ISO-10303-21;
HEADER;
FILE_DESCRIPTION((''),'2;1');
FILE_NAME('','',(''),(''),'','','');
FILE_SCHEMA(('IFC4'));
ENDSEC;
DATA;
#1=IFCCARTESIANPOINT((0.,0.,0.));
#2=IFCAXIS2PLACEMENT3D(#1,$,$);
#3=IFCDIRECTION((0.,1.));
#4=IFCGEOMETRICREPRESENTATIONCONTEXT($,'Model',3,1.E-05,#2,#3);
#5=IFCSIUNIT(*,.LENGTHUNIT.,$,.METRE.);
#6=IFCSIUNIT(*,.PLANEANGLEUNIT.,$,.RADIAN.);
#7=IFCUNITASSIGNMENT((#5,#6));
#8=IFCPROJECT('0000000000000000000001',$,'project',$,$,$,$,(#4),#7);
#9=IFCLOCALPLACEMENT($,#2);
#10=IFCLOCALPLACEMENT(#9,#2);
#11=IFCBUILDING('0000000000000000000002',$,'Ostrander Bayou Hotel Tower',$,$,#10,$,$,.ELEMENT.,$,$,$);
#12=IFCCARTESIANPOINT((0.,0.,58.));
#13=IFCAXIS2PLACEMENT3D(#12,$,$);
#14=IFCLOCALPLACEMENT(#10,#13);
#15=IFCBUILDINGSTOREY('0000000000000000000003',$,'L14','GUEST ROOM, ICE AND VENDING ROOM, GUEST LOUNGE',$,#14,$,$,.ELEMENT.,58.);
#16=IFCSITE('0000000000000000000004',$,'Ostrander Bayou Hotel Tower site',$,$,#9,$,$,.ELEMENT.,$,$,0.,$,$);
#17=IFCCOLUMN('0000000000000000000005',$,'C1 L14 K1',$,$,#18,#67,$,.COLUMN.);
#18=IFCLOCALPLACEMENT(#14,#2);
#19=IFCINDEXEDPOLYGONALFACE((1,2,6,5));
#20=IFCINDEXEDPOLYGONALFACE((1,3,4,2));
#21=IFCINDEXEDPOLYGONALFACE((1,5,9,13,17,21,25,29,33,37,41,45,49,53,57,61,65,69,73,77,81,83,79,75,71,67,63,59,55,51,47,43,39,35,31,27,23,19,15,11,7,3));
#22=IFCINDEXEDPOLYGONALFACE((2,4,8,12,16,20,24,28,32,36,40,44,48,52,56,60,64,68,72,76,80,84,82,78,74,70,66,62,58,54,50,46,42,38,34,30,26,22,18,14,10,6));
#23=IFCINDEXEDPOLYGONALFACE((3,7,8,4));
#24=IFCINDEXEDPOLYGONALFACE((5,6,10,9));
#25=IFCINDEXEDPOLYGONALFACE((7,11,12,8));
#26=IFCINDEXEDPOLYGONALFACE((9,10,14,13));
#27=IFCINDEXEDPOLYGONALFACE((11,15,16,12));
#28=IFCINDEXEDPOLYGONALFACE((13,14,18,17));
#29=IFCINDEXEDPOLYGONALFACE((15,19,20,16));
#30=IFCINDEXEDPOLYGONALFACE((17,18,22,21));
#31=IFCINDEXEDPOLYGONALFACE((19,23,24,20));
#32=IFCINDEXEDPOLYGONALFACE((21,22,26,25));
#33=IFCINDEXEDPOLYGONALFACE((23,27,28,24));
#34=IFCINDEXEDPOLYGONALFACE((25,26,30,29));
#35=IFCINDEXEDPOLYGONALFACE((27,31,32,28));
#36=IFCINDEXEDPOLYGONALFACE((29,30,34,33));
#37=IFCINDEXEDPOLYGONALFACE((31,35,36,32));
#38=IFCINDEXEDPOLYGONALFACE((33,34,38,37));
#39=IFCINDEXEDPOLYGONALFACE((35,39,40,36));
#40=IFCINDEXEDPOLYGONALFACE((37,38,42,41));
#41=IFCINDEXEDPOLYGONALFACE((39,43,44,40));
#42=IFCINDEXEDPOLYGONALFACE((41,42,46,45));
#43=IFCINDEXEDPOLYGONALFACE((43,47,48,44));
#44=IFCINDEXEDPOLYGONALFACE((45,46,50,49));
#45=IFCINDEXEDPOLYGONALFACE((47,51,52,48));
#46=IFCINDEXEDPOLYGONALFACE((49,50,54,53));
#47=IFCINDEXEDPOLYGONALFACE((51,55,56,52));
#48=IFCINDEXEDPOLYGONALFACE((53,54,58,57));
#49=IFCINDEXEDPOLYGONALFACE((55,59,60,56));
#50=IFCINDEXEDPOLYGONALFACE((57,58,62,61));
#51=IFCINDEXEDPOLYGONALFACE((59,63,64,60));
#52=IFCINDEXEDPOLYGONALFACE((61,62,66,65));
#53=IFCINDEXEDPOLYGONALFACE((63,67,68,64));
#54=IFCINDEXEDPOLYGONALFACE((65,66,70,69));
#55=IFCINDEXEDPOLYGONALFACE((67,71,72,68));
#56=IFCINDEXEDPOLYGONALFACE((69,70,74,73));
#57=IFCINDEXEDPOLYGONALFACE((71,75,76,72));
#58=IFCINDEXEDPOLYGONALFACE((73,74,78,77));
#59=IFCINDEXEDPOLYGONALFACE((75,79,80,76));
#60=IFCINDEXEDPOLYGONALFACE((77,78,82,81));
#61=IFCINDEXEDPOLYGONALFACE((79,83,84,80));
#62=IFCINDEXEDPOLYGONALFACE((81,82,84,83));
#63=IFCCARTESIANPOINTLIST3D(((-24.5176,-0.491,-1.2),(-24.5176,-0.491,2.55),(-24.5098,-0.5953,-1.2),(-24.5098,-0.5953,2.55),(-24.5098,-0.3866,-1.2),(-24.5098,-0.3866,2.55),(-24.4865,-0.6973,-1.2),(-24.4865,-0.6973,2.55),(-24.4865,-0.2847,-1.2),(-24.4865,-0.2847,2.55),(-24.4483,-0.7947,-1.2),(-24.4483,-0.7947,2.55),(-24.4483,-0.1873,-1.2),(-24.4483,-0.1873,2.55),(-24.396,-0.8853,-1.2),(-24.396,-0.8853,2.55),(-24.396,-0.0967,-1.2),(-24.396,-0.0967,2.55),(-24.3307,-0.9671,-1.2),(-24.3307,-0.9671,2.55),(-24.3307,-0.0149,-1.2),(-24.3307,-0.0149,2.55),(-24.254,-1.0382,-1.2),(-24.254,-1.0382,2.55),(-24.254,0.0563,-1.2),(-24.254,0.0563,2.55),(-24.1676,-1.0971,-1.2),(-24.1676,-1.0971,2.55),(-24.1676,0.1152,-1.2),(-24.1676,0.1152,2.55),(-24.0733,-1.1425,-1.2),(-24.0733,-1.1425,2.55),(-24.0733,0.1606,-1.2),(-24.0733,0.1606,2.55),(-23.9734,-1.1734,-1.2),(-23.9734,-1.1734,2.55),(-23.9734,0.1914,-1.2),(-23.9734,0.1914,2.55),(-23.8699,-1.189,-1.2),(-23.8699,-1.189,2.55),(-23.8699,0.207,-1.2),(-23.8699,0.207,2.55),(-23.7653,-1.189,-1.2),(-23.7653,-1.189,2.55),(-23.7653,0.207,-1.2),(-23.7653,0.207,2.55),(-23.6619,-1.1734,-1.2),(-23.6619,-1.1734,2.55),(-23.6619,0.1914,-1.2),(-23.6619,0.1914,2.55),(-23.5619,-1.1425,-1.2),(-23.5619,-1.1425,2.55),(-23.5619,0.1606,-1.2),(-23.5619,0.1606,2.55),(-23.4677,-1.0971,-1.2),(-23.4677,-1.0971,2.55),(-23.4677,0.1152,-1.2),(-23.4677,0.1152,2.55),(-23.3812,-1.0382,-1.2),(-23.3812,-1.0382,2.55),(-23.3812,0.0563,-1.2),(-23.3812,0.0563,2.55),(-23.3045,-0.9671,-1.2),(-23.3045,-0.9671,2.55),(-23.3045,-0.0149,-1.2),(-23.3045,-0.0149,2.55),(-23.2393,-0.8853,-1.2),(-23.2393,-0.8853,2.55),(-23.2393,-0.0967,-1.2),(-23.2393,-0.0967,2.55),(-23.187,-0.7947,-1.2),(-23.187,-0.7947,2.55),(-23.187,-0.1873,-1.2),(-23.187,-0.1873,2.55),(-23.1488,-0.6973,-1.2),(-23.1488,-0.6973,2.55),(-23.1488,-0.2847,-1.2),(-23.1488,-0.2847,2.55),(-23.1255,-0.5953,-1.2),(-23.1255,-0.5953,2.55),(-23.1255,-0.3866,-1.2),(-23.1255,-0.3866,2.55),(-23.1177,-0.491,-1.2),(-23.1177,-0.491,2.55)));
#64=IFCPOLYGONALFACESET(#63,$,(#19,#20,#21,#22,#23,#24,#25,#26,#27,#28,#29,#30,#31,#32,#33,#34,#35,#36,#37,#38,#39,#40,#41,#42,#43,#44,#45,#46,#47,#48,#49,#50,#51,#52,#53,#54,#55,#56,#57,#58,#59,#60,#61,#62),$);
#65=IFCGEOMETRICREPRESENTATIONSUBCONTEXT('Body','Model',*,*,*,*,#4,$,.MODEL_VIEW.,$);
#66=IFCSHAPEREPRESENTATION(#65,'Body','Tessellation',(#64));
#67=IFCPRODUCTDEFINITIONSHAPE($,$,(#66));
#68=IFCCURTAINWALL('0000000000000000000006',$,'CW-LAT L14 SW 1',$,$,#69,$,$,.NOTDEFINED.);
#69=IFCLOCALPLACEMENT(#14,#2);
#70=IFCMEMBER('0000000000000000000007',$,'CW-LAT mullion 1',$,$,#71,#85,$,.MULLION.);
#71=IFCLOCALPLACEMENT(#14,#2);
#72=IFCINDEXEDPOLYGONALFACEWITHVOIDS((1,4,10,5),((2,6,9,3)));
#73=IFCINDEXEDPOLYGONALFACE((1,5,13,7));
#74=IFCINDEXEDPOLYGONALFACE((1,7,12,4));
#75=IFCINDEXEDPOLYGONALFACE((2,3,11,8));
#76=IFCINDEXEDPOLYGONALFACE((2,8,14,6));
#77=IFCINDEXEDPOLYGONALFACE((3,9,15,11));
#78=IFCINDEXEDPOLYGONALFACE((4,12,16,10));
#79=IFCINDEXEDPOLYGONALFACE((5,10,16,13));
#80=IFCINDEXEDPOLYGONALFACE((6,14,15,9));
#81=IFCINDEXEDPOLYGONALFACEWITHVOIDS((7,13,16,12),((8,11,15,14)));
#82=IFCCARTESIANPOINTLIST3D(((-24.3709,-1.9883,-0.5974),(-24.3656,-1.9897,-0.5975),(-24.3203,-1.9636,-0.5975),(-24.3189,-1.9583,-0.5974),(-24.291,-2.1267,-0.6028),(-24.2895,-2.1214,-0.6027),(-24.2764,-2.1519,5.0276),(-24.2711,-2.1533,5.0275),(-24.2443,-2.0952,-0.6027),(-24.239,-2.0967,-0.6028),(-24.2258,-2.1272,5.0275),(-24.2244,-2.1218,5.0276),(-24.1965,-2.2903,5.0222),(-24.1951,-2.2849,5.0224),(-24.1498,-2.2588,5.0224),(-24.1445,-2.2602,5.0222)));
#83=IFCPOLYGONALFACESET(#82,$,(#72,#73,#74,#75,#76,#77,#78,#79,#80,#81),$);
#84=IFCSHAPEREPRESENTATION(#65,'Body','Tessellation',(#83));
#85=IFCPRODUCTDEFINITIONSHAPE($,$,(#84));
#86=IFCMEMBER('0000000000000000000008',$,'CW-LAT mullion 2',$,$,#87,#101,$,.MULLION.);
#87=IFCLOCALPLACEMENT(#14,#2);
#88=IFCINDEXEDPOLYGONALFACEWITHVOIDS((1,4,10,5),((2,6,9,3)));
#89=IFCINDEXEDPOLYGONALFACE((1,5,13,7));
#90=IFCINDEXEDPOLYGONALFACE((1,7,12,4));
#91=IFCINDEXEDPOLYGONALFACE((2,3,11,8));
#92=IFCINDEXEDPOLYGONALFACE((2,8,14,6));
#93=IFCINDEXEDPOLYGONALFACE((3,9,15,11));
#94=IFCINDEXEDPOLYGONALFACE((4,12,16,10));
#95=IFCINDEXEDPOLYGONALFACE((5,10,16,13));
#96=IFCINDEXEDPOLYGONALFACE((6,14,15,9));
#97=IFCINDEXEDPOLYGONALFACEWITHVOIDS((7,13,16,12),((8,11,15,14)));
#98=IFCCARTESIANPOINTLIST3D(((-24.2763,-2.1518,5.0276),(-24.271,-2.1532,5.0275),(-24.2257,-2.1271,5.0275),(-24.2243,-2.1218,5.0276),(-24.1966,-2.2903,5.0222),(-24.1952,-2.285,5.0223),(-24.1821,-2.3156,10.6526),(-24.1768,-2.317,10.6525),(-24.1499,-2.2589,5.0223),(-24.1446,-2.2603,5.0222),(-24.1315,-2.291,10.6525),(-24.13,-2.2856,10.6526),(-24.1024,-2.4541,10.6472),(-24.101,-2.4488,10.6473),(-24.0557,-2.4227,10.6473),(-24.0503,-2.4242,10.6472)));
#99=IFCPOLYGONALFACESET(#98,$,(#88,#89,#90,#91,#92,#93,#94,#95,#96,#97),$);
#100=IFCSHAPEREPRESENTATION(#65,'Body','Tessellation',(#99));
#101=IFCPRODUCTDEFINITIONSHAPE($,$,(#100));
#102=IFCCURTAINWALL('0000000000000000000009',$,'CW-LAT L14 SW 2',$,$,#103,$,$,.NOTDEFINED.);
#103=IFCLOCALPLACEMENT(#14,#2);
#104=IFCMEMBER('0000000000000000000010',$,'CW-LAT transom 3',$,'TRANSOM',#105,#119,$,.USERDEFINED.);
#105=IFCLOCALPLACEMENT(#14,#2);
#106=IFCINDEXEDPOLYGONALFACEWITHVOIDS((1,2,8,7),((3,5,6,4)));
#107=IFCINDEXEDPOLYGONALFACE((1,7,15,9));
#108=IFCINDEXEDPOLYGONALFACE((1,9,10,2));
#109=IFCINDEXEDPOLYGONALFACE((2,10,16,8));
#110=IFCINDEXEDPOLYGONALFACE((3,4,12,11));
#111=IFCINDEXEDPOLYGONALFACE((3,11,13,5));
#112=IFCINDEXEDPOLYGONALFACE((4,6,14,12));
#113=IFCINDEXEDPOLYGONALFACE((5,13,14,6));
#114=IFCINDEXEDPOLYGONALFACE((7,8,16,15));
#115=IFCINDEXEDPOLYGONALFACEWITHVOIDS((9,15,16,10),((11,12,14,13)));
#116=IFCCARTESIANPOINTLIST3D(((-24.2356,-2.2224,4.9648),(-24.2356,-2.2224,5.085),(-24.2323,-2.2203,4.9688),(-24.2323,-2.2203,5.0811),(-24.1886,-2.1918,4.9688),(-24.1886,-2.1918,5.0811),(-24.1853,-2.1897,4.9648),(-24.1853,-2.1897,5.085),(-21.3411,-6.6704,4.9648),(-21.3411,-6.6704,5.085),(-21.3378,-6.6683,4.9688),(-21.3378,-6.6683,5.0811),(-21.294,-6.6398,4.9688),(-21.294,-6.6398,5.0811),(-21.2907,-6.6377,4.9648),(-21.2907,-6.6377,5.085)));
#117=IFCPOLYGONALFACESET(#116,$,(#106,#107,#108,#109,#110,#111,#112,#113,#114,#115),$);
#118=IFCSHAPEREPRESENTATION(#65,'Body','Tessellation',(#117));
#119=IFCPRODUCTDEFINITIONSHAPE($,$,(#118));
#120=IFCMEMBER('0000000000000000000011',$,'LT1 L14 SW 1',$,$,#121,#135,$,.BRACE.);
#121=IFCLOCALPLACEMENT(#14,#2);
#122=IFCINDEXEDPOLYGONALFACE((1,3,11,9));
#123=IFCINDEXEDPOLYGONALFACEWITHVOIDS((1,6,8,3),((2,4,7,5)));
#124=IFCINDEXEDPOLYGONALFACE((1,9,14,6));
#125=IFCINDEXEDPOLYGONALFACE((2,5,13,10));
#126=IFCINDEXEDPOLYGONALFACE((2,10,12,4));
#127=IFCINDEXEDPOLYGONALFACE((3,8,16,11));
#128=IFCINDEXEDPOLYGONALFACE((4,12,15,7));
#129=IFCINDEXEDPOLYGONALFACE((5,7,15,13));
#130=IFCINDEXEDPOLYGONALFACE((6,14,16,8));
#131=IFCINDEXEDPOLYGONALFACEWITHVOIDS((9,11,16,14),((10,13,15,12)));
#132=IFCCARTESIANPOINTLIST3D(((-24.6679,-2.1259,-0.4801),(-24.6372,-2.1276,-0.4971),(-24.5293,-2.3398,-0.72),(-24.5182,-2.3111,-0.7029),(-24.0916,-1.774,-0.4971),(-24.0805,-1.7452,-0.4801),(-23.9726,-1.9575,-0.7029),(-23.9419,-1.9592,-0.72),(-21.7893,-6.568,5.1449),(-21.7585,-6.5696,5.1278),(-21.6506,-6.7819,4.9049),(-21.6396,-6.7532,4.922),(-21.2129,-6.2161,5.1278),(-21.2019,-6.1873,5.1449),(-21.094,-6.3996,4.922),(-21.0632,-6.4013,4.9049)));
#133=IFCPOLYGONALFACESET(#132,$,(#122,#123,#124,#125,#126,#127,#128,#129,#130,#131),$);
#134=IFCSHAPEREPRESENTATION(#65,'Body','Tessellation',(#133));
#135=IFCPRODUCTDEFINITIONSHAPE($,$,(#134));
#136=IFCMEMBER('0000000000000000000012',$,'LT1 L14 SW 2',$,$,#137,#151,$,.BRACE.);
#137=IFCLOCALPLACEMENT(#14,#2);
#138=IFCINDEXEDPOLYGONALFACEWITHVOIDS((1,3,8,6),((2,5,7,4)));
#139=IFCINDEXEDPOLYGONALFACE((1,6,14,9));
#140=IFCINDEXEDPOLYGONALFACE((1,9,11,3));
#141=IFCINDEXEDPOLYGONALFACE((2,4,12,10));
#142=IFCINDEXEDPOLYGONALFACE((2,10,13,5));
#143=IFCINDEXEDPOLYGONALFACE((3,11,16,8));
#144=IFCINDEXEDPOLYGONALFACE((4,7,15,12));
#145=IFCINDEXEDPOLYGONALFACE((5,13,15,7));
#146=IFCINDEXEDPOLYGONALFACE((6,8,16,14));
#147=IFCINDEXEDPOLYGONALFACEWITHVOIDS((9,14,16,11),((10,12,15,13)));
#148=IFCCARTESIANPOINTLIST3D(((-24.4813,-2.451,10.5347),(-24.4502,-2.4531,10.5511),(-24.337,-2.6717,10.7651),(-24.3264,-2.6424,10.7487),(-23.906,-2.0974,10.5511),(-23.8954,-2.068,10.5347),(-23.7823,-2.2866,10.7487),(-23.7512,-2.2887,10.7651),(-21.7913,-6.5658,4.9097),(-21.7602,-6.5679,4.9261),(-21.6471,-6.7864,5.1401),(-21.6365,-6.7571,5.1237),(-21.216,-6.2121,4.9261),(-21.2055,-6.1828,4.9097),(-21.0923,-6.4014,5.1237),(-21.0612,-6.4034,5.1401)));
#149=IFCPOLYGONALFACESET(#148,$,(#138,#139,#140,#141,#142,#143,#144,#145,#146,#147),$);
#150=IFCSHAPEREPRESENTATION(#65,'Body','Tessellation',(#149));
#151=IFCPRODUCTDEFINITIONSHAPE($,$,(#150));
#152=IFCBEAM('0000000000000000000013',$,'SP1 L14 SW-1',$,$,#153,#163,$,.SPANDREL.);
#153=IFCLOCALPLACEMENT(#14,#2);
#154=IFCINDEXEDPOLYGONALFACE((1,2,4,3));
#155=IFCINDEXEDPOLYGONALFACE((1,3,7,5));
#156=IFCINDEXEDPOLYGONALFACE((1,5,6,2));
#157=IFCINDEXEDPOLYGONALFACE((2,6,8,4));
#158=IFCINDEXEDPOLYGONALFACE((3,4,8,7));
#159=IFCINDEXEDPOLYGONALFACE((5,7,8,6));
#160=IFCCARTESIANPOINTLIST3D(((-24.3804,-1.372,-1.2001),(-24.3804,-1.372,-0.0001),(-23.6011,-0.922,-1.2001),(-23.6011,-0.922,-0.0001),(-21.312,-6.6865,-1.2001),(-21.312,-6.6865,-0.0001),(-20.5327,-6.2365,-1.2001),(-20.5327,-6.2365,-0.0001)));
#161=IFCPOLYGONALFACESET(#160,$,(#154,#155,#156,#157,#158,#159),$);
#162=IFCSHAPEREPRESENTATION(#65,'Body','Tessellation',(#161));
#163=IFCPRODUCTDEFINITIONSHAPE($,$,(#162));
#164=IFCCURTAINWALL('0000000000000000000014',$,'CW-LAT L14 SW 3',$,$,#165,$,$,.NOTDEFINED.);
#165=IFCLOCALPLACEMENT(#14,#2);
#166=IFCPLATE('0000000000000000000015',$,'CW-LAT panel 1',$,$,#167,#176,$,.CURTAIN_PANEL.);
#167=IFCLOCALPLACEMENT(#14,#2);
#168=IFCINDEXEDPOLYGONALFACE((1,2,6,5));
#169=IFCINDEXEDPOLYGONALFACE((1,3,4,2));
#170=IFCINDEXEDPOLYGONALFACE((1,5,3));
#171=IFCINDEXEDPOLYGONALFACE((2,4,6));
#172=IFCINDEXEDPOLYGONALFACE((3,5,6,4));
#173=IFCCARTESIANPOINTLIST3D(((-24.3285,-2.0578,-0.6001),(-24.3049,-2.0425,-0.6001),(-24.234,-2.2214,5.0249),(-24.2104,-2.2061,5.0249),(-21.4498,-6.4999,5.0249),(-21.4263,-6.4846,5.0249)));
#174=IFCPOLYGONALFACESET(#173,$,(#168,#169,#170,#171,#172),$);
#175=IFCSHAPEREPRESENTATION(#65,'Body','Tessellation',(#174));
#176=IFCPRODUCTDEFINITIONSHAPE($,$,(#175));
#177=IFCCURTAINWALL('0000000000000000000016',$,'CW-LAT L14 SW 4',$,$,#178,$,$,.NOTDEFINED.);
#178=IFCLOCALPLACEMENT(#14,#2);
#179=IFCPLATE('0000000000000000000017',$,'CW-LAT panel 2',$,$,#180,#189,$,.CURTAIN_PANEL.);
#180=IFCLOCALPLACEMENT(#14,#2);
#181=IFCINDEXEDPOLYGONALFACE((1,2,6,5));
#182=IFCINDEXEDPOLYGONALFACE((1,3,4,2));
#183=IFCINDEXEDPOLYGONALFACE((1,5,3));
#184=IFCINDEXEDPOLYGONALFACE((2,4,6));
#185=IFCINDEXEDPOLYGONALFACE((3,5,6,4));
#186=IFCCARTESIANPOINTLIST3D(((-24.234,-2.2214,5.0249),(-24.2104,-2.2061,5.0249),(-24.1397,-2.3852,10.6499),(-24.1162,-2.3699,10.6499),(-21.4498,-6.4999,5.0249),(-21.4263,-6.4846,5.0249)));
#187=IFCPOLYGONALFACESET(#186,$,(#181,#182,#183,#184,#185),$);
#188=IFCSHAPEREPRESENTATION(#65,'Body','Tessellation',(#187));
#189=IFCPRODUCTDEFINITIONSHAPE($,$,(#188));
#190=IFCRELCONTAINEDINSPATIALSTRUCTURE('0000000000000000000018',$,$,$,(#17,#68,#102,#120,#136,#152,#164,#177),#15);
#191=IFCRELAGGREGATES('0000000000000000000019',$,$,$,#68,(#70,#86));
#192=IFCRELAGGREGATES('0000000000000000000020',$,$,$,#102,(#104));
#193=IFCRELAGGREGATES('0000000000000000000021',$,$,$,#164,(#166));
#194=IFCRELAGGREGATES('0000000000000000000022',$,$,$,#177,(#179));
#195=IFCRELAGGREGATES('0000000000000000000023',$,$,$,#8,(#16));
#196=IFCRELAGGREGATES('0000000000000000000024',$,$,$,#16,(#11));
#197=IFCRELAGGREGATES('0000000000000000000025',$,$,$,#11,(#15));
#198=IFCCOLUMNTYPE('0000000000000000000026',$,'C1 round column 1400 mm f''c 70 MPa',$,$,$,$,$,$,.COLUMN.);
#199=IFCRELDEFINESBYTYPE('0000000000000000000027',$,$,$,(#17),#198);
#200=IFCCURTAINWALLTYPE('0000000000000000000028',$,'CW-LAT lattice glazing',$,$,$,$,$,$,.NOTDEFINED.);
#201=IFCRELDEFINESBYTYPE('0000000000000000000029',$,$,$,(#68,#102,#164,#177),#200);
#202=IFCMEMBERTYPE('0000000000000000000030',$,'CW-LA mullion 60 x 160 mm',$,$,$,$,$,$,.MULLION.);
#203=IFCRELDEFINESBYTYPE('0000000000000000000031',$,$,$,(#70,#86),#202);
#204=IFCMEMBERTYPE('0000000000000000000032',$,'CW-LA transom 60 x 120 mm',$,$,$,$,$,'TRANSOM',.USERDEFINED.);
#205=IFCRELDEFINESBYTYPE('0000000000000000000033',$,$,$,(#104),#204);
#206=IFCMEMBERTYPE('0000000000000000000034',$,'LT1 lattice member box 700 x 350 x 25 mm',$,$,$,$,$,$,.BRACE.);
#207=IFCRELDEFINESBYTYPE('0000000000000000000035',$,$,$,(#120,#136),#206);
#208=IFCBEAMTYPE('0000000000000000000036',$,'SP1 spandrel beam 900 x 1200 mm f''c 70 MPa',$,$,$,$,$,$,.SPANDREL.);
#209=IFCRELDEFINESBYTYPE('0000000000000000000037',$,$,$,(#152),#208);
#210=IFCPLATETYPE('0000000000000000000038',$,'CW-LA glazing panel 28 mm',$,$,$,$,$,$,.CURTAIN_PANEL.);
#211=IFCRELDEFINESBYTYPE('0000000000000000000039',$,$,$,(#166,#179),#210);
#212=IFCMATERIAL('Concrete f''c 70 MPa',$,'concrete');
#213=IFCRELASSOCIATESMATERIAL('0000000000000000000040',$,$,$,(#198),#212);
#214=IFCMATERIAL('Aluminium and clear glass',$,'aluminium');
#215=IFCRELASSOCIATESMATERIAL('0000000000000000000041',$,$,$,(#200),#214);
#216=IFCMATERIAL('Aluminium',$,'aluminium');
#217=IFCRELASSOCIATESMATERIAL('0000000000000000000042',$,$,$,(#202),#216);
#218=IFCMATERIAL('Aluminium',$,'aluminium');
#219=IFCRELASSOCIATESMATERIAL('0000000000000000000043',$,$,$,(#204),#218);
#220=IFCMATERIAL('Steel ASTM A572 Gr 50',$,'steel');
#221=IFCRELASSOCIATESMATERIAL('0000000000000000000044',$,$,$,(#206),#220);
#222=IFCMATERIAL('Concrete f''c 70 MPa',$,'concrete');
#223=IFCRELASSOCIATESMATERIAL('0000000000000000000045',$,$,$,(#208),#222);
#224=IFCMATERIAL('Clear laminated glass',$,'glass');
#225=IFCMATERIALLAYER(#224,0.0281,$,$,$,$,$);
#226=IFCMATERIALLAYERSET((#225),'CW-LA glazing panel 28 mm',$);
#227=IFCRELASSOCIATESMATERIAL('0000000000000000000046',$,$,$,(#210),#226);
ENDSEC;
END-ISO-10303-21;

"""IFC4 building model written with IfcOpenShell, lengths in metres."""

from ifc_helpers import new_model, si_unit, direction, frame, origin, origin_2d, place, context, subcontext, project, spatial, polyline, rectangle, hollow_rectangle, circle, outline, extrude, material, layer, layer_set, material_profile, profile_set, type_object, element, aggregate, save


model = new_model("IFC4")

# Units and contexts
model_context = context("Model", 3, precision=1e-05, world=origin(), true_north=direction((0.0, 1.0)))
body_context = subcontext(model_context, "Body", "Model", "MODEL_VIEW")
ifc_project = project(units=[si_unit("LENGTHUNIT", "METRE"), si_unit("PLANEANGLEUNIT", "RADIAN")], contexts=[model_context])

# Site, building, storey
site_placement = place(None, origin())
site = spatial("IfcSite", under=ifc_project, at=site_placement, Name="Ostrander Bayou Hotel Tower site", CompositionType="ELEMENT", RefElevation=0.0)
building_placement = place(site_placement, origin())
building = spatial("IfcBuilding", under=site, at=building_placement, Name="Ostrander Bayou Hotel Tower", CompositionType="ELEMENT")
storey_placement = place(building_placement, frame((0.0, 0.0, 58.0)))
storey = spatial("IfcBuildingStorey", under=building, at=storey_placement, Name="L14", Description="GUEST ROOM, ICE AND VENDING ROOM, GUEST LOUNGE", CompositionType="ELEMENT", Elevation=58.0)

# Column
ifc_material_1 = material(Name="Concrete f'c 70 MPa", Category="concrete")
ifc_material_profile_1 = material_profile(ifc_material_1, circle(Radius=0.7, at=origin_2d()))
ifc_profile_set_1 = profile_set([ifc_material_profile_1], Name="Concrete f'c 70 MPa")
column_type = type_object("IfcColumnType", Name="C1 round column 1400 mm f'c 70 MPa", PredefinedType="COLUMN", material=ifc_profile_set_1)
column_placement = place(storey_placement, frame((-23.8176, -0.491, -1.2), z_axis=(0.0, 0.0, 1.0), x_axis=(1.0, 0.0, 0.0)))
element("IfcColumn", 1, at=column_placement, inside=storey, type_object=column_type, Name="C1 L14 K1", PredefinedType="COLUMN", context=body_context, shape_type="SweptSolid", body=[
    extrude(circle(Radius=0.7, at=origin_2d()), origin(), (0.0, 0.0, 1.0), 3.75),
])

# Curtain wall, members
ifc_material_2 = material(Name="Aluminium and clear glass", Category="aluminium")
curtain_wall_type = type_object("IfcCurtainWallType", Name="CW-LAT lattice glazing", PredefinedType="NOTDEFINED", material=ifc_material_2)
curtain_wall_1_placement = place(storey_placement, origin())
curtain_wall_1 = element("IfcCurtainWall", 2, at=curtain_wall_1_placement, inside=storey, type_object=curtain_wall_type, Name="CW-LAT L14 SW 1", PredefinedType="NOTDEFINED")
ifc_material_3 = material(Name="Aluminium", Category="aluminium")
ifc_material_profile_2 = material_profile(ifc_material_3, hollow_rectangle(XDim=0.0601, YDim=0.1599, WallThickness=0.0039, at=origin_2d()))
ifc_profile_set_2 = profile_set([ifc_material_profile_2], Name="Aluminium")
member_type_1 = type_object("IfcMemberType", Name="CW-LA mullion 60 x 160 mm", PredefinedType="MULLION", material=ifc_profile_set_2)
member_1_placement = place(storey_placement, frame((-24.3049, -2.0425, -0.6001), z_axis=(0.016787, -0.029063, 0.999437), x_axis=(0.865927, 0.50017, 0.0)))
member_1 = element("IfcMember", 3, at=member_1_placement, type_object=member_type_1, Name="CW-LAT mullion 1", PredefinedType="MULLION", context=body_context, shape_type="SweptSolid", body=[
    extrude(hollow_rectangle(XDim=0.0601, YDim=0.1599, WallThickness=0.0039, at=origin_2d()), origin(), (0.0, 0.0, 1.0), 5.6282),
])
member_2_placement = place(storey_placement, frame((-24.2104, -2.2061, 5.0249), z_axis=(0.016744, -0.029107, 0.999436), x_axis=(0.866809, 0.498641, 0.0)))
member_2 = element("IfcMember", 4, at=member_2_placement, type_object=member_type_1, Name="CW-LAT mullion 2", PredefinedType="MULLION", context=body_context, shape_type="SweptSolid", body=[
    extrude(hollow_rectangle(XDim=0.0601, YDim=0.1599, WallThickness=0.0039, at=origin_2d()), origin(), (0.0, 0.0, 1.0), 5.6282),
])
aggregate(curtain_wall_1, [member_1, member_2])

# Curtain wall, member
curtain_wall_2_placement = place(storey_placement, origin())
curtain_wall_2 = element("IfcCurtainWall", 5, at=curtain_wall_2_placement, inside=storey, type_object=curtain_wall_type, Name="CW-LAT L14 SW 2", PredefinedType="NOTDEFINED")
ifc_material_4 = material(Name="Aluminium", Category="aluminium")
ifc_material_profile_3 = material_profile(ifc_material_4, hollow_rectangle(XDim=0.0601, YDim=0.1201, WallThickness=0.0039, at=origin_2d()))
ifc_profile_set_3 = profile_set([ifc_material_profile_3], Name="Aluminium")
member_type_2 = type_object("IfcMemberType", Name="CW-LA transom 60 x 120 mm", ElementType="TRANSOM", PredefinedType="USERDEFINED", material=ifc_profile_set_3)
member_3_placement = place(storey_placement, frame((-24.2104, -2.2061, 5.0249), z_axis=(0.54543, -0.838157, 0.0), x_axis=(0.838157, 0.54543, 0.0)))
member_3 = element("IfcMember", 6, at=member_3_placement, type_object=member_type_2, Name="CW-LAT transom 3", ObjectType="TRANSOM", PredefinedType="USERDEFINED", context=body_context, shape_type="SweptSolid", body=[
    extrude(hollow_rectangle(XDim=0.0601, YDim=0.1201, WallThickness=0.0039, at=origin_2d()), origin(), (0.0, 0.0, 1.0), 5.3069),
])
aggregate(curtain_wall_2, [member_3])

# Members
ifc_material_5 = material(Name="Steel ASTM A572 Gr 50", Category="steel")
ifc_material_profile_4 = material_profile(ifc_material_5, hollow_rectangle(XDim=0.7, YDim=0.3501, WallThickness=0.0249, at=origin_2d()))
ifc_profile_set_4 = profile_set([ifc_material_profile_4], Name="Steel ASTM A572 Gr 50")
member_type_3 = type_object("IfcMemberType", Name="LT1 lattice member box 700 x 350 x 25 mm", PredefinedType="BRACE", material=ifc_profile_set_4)
member_4_placement = place(storey_placement, frame((-21.4263, -6.4846, 5.0249), z_axis=(-0.372691, 0.57511, -0.728251), x_axis=(-0.839196, -0.543829, 0.0)))
element("IfcMember", 7, at=member_4_placement, inside=storey, type_object=member_type_3, Name="LT1 L14 SW 1", PredefinedType="BRACE", context=body_context, shape_type="SweptSolid", body=[
    extrude(hollow_rectangle(XDim=0.7, YDim=0.3501, WallThickness=0.0249, at=origin_2d()), origin(), (0.0, 0.0, 1.0), 7.7239),
])
member_5_placement = place(storey_placement, frame((-21.4263, -6.4846, 5.0249), z_axis=(-0.360078, 0.550803, 0.752967), x_axis=(-0.837013, -0.547182, 0.0)))
element("IfcMember", 8, at=member_5_placement, inside=storey, type_object=member_type_3, Name="LT1 L14 SW 2", PredefinedType="BRACE", context=body_context, shape_type="SweptSolid", body=[
    extrude(hollow_rectangle(XDim=0.7, YDim=0.3501, WallThickness=0.0249, at=origin_2d()), origin(), (0.0, 0.0, 1.0), 7.4705),
])

# Beam
ifc_material_6 = material(Name="Concrete f'c 70 MPa", Category="concrete")
ifc_material_profile_5 = material_profile(ifc_material_6, rectangle(XDim=0.8999, YDim=1.2, at=origin_2d()))
ifc_profile_set_5 = profile_set([ifc_material_profile_5], Name="Concrete f'c 70 MPa")
beam_type = type_object("IfcBeamType", Name="SP1 spandrel beam 900 x 1200 mm f'c 70 MPa", PredefinedType="SPANDREL", material=ifc_profile_set_5)
beam_placement = place(storey_placement, frame((-23.9907, -1.147, -0.6001), z_axis=(0.500007, -0.866021, 0.0), x_axis=(0.866021, 0.500007, 0.0)))
element("IfcBeam", 9, at=beam_placement, inside=storey, type_object=beam_type, Name="SP1 L14 SW-1", PredefinedType="SPANDREL", context=body_context, shape_type="SweptSolid", body=[
    extrude(rectangle(XDim=0.8999, YDim=1.2, at=origin_2d()), origin(), (0.0, 0.0, 1.0), 6.1367),
])

# Curtain walls, plates
curtain_wall_3_placement = place(storey_placement, origin())
curtain_wall_3 = element("IfcCurtainWall", 10, at=curtain_wall_3_placement, inside=storey, type_object=curtain_wall_type, Name="CW-LAT L14 SW 3", PredefinedType="NOTDEFINED")
ifc_material_7 = material(Name="Clear laminated glass", Category="glass")
ifc_layer_1 = layer(ifc_material_7, 0.0281)
ifc_layer_set_1 = layer_set([ifc_layer_1], Name="CW-LA glazing panel 28 mm")
plate_type = type_object("IfcPlateType", Name="CW-LA glazing panel 28 mm", PredefinedType="CURTAIN_PANEL", material=ifc_layer_set_1)
plate_1_placement = place(storey_placement, frame((-21.4263, -6.4846, 5.0249), z_axis=(0.838164, 0.545416, 0.001782), x_axis=(-0.372691, 0.57511, -0.728251)))
plate_1 = element("IfcPlate", 11, at=plate_1_placement, type_object=plate_type, Name="CW-LAT panel 1", PredefinedType="CURTAIN_PANEL", context=body_context, shape_type="SweptSolid", body=[
    extrude(outline(polyline([(0.0, 0.0), (7.724, 0.0), (3.4983, 3.7175), (0.0, 0.0)])), origin(), (0.0, 0.0, -1.0), 0.0281),
])
aggregate(curtain_wall_3, [plate_1])
curtain_wall_4_placement = place(storey_placement, origin())
curtain_wall_4 = element("IfcCurtainWall", 12, at=curtain_wall_4_placement, inside=storey, type_object=curtain_wall_type, Name="CW-LAT L14 SW 4", PredefinedType="NOTDEFINED")
plate_2_placement = place(storey_placement, frame((-21.4263, -6.4846, 5.0249), z_axis=(0.838163, 0.545416, 0.001842), x_axis=(-0.360078, 0.550803, 0.752967)))
plate_2 = element("IfcPlate", 13, at=plate_2_placement, type_object=plate_type, Name="CW-LAT panel 2", PredefinedType="CURTAIN_PANEL", context=body_context, shape_type="SweptSolid", body=[
    extrude(outline(polyline([(0.0, 0.0), (7.4704, 0.0), (3.3592, -3.8437), (0.0, 0.0)])), origin(), (0.0, 0.0, -1.0), 0.0281),
])
aggregate(curtain_wall_4, [plate_2])

save(model, "model.ifc")
